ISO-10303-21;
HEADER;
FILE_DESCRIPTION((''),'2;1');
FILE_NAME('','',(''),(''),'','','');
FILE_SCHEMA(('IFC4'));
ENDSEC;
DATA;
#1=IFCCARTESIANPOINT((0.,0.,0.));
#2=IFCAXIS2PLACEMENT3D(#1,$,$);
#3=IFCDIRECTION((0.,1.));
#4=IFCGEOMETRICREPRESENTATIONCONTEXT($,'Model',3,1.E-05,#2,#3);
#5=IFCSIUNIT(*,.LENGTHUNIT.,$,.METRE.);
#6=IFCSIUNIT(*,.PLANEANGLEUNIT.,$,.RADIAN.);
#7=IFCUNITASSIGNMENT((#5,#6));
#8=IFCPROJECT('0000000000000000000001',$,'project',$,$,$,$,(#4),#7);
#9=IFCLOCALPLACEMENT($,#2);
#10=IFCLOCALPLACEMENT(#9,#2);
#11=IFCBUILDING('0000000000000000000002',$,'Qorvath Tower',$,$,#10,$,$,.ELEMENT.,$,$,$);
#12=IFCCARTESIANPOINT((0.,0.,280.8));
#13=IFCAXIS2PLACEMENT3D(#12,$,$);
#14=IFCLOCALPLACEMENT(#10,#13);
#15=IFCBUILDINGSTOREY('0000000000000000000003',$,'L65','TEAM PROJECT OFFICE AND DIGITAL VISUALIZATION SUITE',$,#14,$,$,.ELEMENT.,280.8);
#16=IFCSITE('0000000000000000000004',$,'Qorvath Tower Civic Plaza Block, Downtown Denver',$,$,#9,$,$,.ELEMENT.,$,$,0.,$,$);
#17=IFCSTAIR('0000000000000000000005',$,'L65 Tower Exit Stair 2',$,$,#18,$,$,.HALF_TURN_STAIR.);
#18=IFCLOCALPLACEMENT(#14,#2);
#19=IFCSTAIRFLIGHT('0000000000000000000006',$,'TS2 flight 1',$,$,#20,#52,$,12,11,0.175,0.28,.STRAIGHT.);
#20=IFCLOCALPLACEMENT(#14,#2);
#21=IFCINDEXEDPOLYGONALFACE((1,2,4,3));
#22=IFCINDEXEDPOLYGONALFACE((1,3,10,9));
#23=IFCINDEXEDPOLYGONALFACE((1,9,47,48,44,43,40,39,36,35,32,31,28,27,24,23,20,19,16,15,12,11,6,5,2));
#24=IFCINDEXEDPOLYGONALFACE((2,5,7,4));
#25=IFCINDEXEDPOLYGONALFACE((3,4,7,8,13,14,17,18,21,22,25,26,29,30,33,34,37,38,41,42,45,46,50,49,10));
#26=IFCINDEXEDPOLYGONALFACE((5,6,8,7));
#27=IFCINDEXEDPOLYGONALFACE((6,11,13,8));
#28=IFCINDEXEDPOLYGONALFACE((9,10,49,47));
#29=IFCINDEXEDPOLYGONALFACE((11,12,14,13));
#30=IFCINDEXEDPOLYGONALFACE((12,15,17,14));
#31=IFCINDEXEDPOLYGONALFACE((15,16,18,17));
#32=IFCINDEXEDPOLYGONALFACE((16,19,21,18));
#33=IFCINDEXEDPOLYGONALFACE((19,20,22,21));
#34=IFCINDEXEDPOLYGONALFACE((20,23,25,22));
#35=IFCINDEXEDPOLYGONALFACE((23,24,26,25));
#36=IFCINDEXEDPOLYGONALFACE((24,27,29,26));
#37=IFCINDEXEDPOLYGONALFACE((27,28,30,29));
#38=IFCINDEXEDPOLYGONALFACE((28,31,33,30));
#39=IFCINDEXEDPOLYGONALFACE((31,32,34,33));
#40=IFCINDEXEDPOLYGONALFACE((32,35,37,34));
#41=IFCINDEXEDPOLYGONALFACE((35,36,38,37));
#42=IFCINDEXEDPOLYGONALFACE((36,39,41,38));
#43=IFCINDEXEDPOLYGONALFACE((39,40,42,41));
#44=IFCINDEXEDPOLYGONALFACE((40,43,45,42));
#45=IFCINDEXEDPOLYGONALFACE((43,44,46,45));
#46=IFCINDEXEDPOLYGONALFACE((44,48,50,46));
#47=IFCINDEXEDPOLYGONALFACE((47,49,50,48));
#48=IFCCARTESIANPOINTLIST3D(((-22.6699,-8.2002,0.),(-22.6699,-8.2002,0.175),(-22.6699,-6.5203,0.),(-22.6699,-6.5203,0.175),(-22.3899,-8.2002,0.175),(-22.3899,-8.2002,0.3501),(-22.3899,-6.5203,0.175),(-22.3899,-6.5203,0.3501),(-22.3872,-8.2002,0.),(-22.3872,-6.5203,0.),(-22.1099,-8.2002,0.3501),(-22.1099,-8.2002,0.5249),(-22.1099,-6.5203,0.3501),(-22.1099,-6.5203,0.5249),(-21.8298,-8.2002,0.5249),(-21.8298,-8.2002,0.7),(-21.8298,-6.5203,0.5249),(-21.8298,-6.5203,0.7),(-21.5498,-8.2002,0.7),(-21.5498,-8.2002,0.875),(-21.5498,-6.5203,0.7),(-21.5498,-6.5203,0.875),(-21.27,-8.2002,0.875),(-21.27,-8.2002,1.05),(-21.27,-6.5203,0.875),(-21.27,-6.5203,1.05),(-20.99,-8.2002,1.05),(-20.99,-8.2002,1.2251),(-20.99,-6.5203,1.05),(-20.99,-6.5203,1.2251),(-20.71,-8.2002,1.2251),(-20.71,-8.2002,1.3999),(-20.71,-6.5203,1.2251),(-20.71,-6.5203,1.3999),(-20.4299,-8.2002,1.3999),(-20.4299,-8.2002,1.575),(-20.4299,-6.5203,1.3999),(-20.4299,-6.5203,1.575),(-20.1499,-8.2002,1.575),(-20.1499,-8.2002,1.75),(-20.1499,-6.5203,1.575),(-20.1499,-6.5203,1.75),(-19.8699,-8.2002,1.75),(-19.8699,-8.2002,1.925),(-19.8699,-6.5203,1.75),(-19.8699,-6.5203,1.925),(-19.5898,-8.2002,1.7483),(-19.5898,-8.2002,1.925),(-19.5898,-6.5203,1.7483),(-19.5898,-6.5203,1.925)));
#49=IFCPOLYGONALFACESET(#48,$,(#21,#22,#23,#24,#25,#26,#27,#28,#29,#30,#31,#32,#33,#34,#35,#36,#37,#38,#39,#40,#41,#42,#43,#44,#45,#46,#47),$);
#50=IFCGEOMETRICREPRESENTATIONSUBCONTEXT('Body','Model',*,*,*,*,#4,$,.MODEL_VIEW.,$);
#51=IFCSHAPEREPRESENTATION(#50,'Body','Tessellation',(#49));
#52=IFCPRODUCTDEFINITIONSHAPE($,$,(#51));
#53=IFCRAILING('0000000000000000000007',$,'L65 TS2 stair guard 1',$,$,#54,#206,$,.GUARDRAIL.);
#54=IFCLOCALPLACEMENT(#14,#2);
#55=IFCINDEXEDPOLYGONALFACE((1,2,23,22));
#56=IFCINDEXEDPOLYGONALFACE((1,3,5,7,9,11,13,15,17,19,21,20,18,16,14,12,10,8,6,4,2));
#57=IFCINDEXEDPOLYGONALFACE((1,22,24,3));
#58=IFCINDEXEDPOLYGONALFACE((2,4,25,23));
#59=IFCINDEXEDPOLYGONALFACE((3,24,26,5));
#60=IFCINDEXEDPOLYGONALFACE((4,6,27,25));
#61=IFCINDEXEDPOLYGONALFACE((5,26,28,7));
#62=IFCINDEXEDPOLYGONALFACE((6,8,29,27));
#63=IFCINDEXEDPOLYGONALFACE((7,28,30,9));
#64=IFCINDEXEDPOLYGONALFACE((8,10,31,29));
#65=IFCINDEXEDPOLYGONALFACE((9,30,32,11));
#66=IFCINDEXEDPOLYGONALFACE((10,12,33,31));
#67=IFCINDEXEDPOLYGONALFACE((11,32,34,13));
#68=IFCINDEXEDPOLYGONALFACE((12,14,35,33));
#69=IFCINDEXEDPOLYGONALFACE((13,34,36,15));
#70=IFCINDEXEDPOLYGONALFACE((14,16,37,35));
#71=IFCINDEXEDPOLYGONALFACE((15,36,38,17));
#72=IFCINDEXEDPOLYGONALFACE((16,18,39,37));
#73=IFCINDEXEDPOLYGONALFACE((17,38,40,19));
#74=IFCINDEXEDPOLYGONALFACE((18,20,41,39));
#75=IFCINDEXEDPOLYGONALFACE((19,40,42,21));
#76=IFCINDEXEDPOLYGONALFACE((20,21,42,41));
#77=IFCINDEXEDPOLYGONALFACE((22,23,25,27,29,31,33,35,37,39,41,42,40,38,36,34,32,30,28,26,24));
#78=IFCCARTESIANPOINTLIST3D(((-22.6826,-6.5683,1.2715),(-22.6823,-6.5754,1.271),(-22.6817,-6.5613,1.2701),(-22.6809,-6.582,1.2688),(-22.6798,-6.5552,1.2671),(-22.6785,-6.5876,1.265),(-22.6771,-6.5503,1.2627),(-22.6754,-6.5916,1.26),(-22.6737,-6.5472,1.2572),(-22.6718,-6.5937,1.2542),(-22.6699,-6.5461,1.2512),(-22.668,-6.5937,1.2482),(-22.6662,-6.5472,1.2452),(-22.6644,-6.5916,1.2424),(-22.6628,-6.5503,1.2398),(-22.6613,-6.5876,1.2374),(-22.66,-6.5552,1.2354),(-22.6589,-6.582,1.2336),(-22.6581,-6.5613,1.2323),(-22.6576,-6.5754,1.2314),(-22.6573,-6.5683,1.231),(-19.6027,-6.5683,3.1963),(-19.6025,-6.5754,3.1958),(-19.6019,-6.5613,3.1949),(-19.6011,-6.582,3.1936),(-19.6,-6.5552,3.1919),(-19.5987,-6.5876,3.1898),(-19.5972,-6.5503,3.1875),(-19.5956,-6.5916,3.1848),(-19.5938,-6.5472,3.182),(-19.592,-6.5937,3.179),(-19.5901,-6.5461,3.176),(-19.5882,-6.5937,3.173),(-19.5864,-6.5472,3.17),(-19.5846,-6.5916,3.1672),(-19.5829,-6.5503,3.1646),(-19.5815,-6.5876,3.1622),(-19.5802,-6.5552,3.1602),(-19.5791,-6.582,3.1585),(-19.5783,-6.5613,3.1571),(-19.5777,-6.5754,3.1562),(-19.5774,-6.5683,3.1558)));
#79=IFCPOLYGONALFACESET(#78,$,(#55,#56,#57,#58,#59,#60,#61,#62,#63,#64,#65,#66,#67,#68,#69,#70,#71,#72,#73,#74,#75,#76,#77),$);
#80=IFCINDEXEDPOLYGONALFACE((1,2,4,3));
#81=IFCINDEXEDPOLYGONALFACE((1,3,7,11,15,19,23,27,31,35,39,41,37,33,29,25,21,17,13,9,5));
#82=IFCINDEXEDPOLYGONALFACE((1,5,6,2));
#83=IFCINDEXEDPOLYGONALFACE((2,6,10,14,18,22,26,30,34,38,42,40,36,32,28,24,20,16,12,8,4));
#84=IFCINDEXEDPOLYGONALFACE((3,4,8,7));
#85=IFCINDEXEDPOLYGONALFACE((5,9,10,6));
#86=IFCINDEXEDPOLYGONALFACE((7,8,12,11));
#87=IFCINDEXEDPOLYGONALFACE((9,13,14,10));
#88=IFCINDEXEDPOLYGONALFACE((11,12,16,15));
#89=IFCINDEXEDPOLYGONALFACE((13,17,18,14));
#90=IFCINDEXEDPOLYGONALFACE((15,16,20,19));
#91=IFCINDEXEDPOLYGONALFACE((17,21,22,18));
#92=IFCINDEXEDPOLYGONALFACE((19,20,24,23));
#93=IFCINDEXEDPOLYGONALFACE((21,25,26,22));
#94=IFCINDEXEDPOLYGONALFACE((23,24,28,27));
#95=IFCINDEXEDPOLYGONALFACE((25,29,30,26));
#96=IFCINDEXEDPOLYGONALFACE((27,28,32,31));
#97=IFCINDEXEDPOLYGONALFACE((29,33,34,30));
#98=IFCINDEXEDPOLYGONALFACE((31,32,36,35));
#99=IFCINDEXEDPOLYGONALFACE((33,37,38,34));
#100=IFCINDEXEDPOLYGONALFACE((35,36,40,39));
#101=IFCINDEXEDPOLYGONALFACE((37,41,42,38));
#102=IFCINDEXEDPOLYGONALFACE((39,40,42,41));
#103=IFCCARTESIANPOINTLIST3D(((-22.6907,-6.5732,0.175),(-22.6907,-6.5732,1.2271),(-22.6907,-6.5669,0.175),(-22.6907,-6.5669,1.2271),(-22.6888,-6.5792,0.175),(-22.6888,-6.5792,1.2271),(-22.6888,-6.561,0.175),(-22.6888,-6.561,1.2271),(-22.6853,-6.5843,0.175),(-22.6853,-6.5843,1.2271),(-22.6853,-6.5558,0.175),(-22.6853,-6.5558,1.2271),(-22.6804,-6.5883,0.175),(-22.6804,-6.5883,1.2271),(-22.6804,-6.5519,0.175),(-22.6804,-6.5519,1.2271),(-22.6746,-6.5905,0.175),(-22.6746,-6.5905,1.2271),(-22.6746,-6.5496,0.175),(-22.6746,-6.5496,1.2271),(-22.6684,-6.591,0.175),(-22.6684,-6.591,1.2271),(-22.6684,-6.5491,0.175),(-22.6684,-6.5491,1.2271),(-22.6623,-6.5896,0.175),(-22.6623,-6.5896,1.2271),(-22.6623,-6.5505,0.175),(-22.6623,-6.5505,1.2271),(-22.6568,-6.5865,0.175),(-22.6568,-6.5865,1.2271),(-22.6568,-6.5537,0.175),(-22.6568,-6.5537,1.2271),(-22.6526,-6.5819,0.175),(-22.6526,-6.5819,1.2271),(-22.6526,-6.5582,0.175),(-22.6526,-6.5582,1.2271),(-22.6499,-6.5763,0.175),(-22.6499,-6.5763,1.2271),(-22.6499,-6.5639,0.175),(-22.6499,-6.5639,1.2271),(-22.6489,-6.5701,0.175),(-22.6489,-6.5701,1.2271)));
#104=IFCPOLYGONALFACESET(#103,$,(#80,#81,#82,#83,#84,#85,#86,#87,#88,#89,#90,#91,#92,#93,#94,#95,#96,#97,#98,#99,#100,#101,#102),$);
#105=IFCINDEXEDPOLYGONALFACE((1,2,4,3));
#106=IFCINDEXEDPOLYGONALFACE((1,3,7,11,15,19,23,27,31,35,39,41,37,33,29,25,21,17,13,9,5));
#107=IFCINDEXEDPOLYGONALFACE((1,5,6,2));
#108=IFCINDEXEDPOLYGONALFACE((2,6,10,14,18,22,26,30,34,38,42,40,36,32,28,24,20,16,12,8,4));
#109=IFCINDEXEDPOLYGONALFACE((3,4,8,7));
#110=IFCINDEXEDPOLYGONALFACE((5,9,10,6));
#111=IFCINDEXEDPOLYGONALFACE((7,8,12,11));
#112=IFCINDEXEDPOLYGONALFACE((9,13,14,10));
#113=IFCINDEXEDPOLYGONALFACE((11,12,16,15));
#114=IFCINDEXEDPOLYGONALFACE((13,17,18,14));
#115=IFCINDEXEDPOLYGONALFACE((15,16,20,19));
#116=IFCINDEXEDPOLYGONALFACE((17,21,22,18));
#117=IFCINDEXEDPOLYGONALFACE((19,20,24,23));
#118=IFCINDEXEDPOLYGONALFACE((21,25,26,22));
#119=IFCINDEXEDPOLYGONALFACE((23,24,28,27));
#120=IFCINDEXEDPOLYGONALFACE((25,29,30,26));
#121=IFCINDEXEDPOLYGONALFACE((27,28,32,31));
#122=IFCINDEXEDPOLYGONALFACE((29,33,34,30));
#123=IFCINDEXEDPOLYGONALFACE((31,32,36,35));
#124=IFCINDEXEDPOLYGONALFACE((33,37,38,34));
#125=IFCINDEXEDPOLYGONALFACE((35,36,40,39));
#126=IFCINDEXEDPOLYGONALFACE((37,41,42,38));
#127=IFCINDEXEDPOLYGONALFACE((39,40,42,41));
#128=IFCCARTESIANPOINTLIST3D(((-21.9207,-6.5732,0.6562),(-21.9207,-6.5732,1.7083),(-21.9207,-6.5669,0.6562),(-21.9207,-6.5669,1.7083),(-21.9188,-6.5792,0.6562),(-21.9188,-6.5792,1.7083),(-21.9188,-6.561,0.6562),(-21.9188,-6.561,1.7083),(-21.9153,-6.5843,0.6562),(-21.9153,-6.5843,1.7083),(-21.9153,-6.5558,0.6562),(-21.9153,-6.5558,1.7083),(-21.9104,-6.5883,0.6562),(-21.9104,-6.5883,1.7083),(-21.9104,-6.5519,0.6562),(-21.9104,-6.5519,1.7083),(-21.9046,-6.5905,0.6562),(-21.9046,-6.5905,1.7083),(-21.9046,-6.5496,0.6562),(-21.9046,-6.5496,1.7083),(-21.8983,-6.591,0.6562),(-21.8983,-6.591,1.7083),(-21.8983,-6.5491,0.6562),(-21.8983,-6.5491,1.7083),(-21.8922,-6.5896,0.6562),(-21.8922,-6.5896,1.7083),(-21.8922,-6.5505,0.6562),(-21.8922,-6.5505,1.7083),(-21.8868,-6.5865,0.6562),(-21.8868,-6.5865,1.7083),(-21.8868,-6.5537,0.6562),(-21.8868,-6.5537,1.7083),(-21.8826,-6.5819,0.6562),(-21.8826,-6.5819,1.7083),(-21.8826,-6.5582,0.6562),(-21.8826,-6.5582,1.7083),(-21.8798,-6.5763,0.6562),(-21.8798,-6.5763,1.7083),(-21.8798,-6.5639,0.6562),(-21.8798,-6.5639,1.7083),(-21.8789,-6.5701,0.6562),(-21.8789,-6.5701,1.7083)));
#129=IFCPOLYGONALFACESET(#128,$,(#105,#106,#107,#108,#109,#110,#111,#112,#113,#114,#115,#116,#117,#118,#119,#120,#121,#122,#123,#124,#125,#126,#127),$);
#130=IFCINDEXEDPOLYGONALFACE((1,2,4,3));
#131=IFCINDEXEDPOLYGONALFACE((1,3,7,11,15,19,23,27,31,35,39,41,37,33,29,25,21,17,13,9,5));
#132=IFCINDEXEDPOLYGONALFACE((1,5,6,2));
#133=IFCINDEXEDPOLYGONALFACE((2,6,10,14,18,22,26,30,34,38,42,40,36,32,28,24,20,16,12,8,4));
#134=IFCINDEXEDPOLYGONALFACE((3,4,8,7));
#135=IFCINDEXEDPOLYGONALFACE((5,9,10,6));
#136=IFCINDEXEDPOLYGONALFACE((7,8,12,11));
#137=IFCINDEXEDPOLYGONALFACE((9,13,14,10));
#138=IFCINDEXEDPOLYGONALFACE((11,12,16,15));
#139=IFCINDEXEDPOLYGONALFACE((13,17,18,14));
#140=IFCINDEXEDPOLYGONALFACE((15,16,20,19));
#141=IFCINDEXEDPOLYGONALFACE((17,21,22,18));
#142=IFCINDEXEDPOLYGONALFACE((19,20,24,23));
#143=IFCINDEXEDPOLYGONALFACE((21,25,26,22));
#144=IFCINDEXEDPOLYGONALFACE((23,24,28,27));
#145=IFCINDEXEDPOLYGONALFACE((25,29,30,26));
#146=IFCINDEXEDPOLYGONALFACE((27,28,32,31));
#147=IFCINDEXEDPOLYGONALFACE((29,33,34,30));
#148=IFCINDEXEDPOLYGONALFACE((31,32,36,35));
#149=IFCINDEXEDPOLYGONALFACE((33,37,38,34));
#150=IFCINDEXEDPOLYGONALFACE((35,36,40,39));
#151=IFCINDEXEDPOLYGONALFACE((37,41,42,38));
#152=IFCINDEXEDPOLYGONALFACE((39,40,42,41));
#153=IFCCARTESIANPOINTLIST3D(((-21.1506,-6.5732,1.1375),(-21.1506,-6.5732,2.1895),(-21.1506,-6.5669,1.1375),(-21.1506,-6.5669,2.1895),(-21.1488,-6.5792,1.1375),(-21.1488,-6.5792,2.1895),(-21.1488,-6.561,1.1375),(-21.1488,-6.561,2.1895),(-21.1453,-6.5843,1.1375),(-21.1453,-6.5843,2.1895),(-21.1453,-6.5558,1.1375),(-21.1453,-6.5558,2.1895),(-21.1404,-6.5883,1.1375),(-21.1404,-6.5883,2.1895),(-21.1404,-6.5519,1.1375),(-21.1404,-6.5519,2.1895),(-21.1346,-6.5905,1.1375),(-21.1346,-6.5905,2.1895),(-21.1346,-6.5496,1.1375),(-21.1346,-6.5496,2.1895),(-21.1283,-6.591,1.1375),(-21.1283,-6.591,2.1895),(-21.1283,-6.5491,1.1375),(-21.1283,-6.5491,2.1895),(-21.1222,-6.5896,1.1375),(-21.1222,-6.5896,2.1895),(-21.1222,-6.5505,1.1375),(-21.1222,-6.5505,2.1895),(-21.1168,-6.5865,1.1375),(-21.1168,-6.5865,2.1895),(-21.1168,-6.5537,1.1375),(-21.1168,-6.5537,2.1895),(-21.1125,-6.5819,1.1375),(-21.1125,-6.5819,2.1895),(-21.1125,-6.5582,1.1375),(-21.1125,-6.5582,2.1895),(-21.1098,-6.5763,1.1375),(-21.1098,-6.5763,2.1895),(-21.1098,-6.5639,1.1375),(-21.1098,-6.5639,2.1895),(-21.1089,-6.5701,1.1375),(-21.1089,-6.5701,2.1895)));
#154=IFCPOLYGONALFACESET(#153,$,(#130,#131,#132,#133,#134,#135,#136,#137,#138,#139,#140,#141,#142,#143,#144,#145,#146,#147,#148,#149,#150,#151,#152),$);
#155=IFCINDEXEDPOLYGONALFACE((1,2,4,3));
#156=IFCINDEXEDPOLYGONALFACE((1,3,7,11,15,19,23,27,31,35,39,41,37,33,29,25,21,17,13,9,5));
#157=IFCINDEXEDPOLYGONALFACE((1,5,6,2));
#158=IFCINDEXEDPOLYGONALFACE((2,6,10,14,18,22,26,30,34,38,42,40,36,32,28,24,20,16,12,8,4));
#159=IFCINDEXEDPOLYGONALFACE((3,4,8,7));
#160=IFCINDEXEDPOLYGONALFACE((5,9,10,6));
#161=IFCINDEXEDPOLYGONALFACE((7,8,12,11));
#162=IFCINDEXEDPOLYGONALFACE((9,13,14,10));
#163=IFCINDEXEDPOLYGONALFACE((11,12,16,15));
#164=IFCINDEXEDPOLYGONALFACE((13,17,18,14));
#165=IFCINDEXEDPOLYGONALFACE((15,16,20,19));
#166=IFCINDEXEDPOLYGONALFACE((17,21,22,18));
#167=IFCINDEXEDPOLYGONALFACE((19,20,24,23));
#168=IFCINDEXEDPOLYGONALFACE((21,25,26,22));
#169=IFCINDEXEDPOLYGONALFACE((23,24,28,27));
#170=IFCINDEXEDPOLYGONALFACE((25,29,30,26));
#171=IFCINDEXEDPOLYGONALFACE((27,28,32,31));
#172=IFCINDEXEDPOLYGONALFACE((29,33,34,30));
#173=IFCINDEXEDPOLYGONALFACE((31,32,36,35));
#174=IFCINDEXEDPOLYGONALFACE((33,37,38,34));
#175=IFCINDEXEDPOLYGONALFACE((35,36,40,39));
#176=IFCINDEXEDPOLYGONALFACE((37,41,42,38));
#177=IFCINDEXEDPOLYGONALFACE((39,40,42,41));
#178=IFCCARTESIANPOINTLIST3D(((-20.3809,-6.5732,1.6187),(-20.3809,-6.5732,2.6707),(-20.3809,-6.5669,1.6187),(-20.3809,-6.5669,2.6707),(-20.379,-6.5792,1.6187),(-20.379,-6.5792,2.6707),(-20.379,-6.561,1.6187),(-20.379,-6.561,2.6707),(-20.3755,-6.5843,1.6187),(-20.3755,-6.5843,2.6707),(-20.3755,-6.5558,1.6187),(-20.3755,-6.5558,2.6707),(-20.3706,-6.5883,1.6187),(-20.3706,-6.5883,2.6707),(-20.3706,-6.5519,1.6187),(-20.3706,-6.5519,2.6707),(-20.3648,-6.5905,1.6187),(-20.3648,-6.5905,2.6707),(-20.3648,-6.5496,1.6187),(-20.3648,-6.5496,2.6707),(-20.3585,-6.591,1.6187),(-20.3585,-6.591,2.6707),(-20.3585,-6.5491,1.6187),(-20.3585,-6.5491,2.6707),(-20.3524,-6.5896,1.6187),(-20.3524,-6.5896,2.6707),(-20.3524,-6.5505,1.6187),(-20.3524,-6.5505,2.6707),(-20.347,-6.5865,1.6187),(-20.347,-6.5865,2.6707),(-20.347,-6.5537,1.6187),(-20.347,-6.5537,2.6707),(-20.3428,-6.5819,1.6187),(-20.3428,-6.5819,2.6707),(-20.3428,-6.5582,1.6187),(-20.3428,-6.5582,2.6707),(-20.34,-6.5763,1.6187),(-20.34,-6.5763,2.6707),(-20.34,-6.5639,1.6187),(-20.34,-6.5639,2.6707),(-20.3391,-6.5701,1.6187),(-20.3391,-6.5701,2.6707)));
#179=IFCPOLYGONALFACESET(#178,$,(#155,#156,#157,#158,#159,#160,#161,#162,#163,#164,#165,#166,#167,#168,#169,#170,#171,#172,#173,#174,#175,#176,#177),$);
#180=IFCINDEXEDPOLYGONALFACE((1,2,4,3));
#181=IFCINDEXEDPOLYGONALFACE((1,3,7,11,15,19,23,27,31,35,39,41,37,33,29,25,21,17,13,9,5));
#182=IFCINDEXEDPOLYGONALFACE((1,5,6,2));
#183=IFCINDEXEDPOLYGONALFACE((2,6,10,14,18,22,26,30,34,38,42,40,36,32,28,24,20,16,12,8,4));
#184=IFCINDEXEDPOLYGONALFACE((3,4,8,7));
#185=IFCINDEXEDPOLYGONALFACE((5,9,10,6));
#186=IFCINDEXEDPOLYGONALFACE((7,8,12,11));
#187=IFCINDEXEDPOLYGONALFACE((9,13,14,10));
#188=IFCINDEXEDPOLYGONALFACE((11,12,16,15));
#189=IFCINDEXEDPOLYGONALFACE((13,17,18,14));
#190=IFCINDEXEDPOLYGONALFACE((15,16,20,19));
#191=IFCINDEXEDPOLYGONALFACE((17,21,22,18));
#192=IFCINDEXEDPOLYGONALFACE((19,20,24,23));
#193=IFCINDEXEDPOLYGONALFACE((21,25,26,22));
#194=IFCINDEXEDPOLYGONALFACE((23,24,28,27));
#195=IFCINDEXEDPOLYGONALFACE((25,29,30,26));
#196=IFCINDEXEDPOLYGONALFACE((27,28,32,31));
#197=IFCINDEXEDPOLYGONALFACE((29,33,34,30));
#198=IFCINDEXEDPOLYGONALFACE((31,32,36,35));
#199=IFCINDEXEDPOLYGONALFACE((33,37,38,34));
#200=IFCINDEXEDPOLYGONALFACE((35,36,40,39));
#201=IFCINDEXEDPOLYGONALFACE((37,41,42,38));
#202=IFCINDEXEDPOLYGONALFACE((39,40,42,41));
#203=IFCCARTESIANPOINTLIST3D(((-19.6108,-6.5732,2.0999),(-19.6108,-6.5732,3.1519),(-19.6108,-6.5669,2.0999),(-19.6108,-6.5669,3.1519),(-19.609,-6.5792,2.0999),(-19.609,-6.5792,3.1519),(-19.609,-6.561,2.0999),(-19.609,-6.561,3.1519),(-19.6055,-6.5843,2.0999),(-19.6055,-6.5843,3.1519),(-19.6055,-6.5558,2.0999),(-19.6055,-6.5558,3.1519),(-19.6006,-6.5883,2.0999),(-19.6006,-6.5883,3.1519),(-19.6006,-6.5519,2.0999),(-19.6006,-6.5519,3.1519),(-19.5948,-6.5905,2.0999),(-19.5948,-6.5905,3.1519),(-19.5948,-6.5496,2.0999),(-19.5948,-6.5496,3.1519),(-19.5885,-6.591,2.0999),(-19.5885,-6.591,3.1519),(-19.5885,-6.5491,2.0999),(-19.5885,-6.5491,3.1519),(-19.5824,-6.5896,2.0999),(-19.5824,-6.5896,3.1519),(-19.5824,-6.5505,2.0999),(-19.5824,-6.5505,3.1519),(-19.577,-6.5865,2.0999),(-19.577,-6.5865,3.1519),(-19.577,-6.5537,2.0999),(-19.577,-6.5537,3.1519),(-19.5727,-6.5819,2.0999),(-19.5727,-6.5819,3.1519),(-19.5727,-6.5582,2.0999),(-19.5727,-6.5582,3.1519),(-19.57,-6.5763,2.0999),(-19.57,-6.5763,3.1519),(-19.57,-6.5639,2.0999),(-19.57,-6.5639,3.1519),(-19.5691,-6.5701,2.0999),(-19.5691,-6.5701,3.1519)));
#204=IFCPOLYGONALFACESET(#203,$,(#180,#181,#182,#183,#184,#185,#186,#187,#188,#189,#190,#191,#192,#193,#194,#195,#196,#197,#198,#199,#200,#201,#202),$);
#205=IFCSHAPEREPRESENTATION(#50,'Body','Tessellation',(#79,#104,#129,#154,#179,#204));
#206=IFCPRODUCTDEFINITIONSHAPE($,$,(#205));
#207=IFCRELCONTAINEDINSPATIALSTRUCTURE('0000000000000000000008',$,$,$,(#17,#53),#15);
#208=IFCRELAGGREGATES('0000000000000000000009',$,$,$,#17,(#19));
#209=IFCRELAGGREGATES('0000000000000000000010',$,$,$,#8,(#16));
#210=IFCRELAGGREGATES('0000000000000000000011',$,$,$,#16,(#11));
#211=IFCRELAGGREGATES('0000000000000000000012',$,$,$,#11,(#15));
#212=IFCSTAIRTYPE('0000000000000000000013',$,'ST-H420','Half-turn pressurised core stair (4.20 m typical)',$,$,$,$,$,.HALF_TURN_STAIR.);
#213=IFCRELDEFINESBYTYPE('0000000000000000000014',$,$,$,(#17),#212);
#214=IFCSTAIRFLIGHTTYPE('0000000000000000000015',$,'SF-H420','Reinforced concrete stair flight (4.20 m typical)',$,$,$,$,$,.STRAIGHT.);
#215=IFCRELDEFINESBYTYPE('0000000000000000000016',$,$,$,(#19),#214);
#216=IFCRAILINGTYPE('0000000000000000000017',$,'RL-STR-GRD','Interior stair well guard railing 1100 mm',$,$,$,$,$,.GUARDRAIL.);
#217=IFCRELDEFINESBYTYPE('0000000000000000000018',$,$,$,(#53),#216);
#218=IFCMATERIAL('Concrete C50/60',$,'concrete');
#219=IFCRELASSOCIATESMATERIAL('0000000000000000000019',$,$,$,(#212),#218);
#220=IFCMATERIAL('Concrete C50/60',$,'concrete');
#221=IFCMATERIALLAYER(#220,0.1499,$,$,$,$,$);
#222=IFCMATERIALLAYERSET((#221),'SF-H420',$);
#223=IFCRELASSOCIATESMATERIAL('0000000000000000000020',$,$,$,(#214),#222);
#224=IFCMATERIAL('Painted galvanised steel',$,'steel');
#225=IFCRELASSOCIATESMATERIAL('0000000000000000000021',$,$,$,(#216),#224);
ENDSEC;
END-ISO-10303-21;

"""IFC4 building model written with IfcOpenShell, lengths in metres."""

from ifc_helpers import new_model, si_unit, direction, frame, origin, origin_2d, place, context, subcontext, project, spatial, polyline, circle, outline, extrude, material, layer, layer_set, type_object, element, aggregate, save


model = new_model("IFC4")

# Units and contexts
model_context = context("Model", 3, precision=1e-05, world=origin(), true_north=direction((0.0, 1.0)))
body_context = subcontext(model_context, "Body", "Model", "MODEL_VIEW")
ifc_project = project(units=[si_unit("LENGTHUNIT", "METRE"), si_unit("PLANEANGLEUNIT", "RADIAN")], contexts=[model_context])

# Site, building, storey
site_placement = place(None, origin())
site = spatial("IfcSite", under=ifc_project, at=site_placement, Name="Qorvath Tower Civic Plaza Block, Downtown Denver", CompositionType="ELEMENT", RefElevation=0.0)
building_placement = place(site_placement, origin())
building = spatial("IfcBuilding", under=site, at=building_placement, Name="Qorvath Tower", CompositionType="ELEMENT")
storey_placement = place(building_placement, frame((0.0, 0.0, 280.8)))
storey = spatial("IfcBuildingStorey", under=building, at=storey_placement, Name="L65", Description="TEAM PROJECT OFFICE AND DIGITAL VISUALIZATION SUITE", CompositionType="ELEMENT", Elevation=280.8)

# Stair, stair flight
ifc_material_1 = material(Name="Concrete C50/60", Category="concrete")
stair_type = type_object("IfcStairType", Name="ST-H420", Description="Half-turn pressurised core stair (4.20 m typical)", PredefinedType="HALF_TURN_STAIR", material=ifc_material_1)
stair_placement = place(storey_placement, origin())
stair = element("IfcStair", 1, at=stair_placement, inside=storey, type_object=stair_type, Name="L65 Tower Exit Stair 2", PredefinedType="HALF_TURN_STAIR")
ifc_material_2 = material(Name="Concrete C50/60", Category="concrete")
ifc_layer_1 = layer(ifc_material_2, 0.1499)
ifc_layer_set_1 = layer_set([ifc_layer_1], Name="SF-H420")
stair_flight_type = type_object("IfcStairFlightType", Name="SF-H420", Description="Reinforced concrete stair flight (4.20 m typical)", PredefinedType="STRAIGHT", material=ifc_layer_set_1)
stair_flight_placement = place(storey_placement, frame((-22.6699, -7.3601, 0.0), z_axis=(0.0, 0.0, 1.0), x_axis=(1.0, 0.0, 0.0)))
stair_flight = element("IfcStairFlight", 2, at=stair_flight_placement, type_object=stair_flight_type, Name="TS2 flight 1", NumberOfRisers=12, NumberOfTreads=11, PredefinedType="STRAIGHT", RiserHeight=0.175, TreadLength=0.28, context=body_context, shape_type="SweptSolid", body=[
    extrude(outline(polyline([(0.0, 0.0), (0.0, 0.175), (0.28, 0.175), (0.28, 0.3501), (0.5601, 0.3501), (0.5601, 0.5249), (0.8401, 0.5249), (0.8401, 0.7), (1.1201, 0.7), (1.1201, 0.875), (1.3999, 0.875), (1.3999, 1.05), (1.6799, 1.05), (1.6799, 1.2251), (1.96, 1.2251), (1.96, 1.3999), (2.24, 1.3999), (2.24, 1.575), (2.52, 1.575), (2.52, 1.75), (2.8, 1.75), (2.8, 1.925), (3.0801, 1.925), (3.0801, 2.1001), (3.0801, 1.7483), (0.2827, 0.0), (0.0, 0.0)])), frame((0.0, 0.8398, 0.0), z_axis=(0.0, -1.0, 0.0), x_axis=(1.0, 0.0, 0.0)), (0.0, 0.0, 1.0), 1.6799),
])
aggregate(stair, [stair_flight])

# Railing
ifc_material_3 = material(Name="Painted galvanised steel", Category="steel")
railing_type_1 = type_object("IfcRailingType", Name="RL-STR-GRD", Description="Interior stair well guard railing 1100 mm", PredefinedType="GUARDRAIL", material=ifc_material_3)
railing_1_placement = place(storey_placement, frame((-22.6699, -6.5701, 0.175)))
element("IfcRailing", 3, at=railing_1_placement, inside=storey, type_object=railing_type_1, Name="L65 TS2 stair guard 1", PredefinedType="GUARDRAIL", context=body_context, shape_type="SweptSolid", body=[
    extrude(circle(Radius=0.0239, at=origin_2d()), frame((0.0, 0.0, 1.0762), z_axis=(0.84801, 0.0, 0.529981), x_axis=(0.0, 1.0, 0.0)), (0.0, 0.0, 1.0), 3.6318),
    extrude(circle(Radius=0.021, at=origin_2d()), origin(), (0.0, 0.0, 1.0), 1.052),
    extrude(circle(Radius=0.021, at=origin_2d()), frame((0.77, 0.0, 0.4812)), (0.0, 0.0, 1.0), 1.052),
    extrude(circle(Radius=0.021, at=origin_2d()), frame((1.54, 0.0, 0.9624)), (0.0, 0.0, 1.0), 1.052),
    extrude(circle(Radius=0.021, at=origin_2d()), frame((2.3098, 0.0, 1.4436)), (0.0, 0.0, 1.0), 1.052),
    extrude(circle(Radius=0.021, at=origin_2d()), frame((3.0798, 0.0, 1.9248)), (0.0, 0.0, 1.0), 1.052),
])

save(model, "model.ifc")
